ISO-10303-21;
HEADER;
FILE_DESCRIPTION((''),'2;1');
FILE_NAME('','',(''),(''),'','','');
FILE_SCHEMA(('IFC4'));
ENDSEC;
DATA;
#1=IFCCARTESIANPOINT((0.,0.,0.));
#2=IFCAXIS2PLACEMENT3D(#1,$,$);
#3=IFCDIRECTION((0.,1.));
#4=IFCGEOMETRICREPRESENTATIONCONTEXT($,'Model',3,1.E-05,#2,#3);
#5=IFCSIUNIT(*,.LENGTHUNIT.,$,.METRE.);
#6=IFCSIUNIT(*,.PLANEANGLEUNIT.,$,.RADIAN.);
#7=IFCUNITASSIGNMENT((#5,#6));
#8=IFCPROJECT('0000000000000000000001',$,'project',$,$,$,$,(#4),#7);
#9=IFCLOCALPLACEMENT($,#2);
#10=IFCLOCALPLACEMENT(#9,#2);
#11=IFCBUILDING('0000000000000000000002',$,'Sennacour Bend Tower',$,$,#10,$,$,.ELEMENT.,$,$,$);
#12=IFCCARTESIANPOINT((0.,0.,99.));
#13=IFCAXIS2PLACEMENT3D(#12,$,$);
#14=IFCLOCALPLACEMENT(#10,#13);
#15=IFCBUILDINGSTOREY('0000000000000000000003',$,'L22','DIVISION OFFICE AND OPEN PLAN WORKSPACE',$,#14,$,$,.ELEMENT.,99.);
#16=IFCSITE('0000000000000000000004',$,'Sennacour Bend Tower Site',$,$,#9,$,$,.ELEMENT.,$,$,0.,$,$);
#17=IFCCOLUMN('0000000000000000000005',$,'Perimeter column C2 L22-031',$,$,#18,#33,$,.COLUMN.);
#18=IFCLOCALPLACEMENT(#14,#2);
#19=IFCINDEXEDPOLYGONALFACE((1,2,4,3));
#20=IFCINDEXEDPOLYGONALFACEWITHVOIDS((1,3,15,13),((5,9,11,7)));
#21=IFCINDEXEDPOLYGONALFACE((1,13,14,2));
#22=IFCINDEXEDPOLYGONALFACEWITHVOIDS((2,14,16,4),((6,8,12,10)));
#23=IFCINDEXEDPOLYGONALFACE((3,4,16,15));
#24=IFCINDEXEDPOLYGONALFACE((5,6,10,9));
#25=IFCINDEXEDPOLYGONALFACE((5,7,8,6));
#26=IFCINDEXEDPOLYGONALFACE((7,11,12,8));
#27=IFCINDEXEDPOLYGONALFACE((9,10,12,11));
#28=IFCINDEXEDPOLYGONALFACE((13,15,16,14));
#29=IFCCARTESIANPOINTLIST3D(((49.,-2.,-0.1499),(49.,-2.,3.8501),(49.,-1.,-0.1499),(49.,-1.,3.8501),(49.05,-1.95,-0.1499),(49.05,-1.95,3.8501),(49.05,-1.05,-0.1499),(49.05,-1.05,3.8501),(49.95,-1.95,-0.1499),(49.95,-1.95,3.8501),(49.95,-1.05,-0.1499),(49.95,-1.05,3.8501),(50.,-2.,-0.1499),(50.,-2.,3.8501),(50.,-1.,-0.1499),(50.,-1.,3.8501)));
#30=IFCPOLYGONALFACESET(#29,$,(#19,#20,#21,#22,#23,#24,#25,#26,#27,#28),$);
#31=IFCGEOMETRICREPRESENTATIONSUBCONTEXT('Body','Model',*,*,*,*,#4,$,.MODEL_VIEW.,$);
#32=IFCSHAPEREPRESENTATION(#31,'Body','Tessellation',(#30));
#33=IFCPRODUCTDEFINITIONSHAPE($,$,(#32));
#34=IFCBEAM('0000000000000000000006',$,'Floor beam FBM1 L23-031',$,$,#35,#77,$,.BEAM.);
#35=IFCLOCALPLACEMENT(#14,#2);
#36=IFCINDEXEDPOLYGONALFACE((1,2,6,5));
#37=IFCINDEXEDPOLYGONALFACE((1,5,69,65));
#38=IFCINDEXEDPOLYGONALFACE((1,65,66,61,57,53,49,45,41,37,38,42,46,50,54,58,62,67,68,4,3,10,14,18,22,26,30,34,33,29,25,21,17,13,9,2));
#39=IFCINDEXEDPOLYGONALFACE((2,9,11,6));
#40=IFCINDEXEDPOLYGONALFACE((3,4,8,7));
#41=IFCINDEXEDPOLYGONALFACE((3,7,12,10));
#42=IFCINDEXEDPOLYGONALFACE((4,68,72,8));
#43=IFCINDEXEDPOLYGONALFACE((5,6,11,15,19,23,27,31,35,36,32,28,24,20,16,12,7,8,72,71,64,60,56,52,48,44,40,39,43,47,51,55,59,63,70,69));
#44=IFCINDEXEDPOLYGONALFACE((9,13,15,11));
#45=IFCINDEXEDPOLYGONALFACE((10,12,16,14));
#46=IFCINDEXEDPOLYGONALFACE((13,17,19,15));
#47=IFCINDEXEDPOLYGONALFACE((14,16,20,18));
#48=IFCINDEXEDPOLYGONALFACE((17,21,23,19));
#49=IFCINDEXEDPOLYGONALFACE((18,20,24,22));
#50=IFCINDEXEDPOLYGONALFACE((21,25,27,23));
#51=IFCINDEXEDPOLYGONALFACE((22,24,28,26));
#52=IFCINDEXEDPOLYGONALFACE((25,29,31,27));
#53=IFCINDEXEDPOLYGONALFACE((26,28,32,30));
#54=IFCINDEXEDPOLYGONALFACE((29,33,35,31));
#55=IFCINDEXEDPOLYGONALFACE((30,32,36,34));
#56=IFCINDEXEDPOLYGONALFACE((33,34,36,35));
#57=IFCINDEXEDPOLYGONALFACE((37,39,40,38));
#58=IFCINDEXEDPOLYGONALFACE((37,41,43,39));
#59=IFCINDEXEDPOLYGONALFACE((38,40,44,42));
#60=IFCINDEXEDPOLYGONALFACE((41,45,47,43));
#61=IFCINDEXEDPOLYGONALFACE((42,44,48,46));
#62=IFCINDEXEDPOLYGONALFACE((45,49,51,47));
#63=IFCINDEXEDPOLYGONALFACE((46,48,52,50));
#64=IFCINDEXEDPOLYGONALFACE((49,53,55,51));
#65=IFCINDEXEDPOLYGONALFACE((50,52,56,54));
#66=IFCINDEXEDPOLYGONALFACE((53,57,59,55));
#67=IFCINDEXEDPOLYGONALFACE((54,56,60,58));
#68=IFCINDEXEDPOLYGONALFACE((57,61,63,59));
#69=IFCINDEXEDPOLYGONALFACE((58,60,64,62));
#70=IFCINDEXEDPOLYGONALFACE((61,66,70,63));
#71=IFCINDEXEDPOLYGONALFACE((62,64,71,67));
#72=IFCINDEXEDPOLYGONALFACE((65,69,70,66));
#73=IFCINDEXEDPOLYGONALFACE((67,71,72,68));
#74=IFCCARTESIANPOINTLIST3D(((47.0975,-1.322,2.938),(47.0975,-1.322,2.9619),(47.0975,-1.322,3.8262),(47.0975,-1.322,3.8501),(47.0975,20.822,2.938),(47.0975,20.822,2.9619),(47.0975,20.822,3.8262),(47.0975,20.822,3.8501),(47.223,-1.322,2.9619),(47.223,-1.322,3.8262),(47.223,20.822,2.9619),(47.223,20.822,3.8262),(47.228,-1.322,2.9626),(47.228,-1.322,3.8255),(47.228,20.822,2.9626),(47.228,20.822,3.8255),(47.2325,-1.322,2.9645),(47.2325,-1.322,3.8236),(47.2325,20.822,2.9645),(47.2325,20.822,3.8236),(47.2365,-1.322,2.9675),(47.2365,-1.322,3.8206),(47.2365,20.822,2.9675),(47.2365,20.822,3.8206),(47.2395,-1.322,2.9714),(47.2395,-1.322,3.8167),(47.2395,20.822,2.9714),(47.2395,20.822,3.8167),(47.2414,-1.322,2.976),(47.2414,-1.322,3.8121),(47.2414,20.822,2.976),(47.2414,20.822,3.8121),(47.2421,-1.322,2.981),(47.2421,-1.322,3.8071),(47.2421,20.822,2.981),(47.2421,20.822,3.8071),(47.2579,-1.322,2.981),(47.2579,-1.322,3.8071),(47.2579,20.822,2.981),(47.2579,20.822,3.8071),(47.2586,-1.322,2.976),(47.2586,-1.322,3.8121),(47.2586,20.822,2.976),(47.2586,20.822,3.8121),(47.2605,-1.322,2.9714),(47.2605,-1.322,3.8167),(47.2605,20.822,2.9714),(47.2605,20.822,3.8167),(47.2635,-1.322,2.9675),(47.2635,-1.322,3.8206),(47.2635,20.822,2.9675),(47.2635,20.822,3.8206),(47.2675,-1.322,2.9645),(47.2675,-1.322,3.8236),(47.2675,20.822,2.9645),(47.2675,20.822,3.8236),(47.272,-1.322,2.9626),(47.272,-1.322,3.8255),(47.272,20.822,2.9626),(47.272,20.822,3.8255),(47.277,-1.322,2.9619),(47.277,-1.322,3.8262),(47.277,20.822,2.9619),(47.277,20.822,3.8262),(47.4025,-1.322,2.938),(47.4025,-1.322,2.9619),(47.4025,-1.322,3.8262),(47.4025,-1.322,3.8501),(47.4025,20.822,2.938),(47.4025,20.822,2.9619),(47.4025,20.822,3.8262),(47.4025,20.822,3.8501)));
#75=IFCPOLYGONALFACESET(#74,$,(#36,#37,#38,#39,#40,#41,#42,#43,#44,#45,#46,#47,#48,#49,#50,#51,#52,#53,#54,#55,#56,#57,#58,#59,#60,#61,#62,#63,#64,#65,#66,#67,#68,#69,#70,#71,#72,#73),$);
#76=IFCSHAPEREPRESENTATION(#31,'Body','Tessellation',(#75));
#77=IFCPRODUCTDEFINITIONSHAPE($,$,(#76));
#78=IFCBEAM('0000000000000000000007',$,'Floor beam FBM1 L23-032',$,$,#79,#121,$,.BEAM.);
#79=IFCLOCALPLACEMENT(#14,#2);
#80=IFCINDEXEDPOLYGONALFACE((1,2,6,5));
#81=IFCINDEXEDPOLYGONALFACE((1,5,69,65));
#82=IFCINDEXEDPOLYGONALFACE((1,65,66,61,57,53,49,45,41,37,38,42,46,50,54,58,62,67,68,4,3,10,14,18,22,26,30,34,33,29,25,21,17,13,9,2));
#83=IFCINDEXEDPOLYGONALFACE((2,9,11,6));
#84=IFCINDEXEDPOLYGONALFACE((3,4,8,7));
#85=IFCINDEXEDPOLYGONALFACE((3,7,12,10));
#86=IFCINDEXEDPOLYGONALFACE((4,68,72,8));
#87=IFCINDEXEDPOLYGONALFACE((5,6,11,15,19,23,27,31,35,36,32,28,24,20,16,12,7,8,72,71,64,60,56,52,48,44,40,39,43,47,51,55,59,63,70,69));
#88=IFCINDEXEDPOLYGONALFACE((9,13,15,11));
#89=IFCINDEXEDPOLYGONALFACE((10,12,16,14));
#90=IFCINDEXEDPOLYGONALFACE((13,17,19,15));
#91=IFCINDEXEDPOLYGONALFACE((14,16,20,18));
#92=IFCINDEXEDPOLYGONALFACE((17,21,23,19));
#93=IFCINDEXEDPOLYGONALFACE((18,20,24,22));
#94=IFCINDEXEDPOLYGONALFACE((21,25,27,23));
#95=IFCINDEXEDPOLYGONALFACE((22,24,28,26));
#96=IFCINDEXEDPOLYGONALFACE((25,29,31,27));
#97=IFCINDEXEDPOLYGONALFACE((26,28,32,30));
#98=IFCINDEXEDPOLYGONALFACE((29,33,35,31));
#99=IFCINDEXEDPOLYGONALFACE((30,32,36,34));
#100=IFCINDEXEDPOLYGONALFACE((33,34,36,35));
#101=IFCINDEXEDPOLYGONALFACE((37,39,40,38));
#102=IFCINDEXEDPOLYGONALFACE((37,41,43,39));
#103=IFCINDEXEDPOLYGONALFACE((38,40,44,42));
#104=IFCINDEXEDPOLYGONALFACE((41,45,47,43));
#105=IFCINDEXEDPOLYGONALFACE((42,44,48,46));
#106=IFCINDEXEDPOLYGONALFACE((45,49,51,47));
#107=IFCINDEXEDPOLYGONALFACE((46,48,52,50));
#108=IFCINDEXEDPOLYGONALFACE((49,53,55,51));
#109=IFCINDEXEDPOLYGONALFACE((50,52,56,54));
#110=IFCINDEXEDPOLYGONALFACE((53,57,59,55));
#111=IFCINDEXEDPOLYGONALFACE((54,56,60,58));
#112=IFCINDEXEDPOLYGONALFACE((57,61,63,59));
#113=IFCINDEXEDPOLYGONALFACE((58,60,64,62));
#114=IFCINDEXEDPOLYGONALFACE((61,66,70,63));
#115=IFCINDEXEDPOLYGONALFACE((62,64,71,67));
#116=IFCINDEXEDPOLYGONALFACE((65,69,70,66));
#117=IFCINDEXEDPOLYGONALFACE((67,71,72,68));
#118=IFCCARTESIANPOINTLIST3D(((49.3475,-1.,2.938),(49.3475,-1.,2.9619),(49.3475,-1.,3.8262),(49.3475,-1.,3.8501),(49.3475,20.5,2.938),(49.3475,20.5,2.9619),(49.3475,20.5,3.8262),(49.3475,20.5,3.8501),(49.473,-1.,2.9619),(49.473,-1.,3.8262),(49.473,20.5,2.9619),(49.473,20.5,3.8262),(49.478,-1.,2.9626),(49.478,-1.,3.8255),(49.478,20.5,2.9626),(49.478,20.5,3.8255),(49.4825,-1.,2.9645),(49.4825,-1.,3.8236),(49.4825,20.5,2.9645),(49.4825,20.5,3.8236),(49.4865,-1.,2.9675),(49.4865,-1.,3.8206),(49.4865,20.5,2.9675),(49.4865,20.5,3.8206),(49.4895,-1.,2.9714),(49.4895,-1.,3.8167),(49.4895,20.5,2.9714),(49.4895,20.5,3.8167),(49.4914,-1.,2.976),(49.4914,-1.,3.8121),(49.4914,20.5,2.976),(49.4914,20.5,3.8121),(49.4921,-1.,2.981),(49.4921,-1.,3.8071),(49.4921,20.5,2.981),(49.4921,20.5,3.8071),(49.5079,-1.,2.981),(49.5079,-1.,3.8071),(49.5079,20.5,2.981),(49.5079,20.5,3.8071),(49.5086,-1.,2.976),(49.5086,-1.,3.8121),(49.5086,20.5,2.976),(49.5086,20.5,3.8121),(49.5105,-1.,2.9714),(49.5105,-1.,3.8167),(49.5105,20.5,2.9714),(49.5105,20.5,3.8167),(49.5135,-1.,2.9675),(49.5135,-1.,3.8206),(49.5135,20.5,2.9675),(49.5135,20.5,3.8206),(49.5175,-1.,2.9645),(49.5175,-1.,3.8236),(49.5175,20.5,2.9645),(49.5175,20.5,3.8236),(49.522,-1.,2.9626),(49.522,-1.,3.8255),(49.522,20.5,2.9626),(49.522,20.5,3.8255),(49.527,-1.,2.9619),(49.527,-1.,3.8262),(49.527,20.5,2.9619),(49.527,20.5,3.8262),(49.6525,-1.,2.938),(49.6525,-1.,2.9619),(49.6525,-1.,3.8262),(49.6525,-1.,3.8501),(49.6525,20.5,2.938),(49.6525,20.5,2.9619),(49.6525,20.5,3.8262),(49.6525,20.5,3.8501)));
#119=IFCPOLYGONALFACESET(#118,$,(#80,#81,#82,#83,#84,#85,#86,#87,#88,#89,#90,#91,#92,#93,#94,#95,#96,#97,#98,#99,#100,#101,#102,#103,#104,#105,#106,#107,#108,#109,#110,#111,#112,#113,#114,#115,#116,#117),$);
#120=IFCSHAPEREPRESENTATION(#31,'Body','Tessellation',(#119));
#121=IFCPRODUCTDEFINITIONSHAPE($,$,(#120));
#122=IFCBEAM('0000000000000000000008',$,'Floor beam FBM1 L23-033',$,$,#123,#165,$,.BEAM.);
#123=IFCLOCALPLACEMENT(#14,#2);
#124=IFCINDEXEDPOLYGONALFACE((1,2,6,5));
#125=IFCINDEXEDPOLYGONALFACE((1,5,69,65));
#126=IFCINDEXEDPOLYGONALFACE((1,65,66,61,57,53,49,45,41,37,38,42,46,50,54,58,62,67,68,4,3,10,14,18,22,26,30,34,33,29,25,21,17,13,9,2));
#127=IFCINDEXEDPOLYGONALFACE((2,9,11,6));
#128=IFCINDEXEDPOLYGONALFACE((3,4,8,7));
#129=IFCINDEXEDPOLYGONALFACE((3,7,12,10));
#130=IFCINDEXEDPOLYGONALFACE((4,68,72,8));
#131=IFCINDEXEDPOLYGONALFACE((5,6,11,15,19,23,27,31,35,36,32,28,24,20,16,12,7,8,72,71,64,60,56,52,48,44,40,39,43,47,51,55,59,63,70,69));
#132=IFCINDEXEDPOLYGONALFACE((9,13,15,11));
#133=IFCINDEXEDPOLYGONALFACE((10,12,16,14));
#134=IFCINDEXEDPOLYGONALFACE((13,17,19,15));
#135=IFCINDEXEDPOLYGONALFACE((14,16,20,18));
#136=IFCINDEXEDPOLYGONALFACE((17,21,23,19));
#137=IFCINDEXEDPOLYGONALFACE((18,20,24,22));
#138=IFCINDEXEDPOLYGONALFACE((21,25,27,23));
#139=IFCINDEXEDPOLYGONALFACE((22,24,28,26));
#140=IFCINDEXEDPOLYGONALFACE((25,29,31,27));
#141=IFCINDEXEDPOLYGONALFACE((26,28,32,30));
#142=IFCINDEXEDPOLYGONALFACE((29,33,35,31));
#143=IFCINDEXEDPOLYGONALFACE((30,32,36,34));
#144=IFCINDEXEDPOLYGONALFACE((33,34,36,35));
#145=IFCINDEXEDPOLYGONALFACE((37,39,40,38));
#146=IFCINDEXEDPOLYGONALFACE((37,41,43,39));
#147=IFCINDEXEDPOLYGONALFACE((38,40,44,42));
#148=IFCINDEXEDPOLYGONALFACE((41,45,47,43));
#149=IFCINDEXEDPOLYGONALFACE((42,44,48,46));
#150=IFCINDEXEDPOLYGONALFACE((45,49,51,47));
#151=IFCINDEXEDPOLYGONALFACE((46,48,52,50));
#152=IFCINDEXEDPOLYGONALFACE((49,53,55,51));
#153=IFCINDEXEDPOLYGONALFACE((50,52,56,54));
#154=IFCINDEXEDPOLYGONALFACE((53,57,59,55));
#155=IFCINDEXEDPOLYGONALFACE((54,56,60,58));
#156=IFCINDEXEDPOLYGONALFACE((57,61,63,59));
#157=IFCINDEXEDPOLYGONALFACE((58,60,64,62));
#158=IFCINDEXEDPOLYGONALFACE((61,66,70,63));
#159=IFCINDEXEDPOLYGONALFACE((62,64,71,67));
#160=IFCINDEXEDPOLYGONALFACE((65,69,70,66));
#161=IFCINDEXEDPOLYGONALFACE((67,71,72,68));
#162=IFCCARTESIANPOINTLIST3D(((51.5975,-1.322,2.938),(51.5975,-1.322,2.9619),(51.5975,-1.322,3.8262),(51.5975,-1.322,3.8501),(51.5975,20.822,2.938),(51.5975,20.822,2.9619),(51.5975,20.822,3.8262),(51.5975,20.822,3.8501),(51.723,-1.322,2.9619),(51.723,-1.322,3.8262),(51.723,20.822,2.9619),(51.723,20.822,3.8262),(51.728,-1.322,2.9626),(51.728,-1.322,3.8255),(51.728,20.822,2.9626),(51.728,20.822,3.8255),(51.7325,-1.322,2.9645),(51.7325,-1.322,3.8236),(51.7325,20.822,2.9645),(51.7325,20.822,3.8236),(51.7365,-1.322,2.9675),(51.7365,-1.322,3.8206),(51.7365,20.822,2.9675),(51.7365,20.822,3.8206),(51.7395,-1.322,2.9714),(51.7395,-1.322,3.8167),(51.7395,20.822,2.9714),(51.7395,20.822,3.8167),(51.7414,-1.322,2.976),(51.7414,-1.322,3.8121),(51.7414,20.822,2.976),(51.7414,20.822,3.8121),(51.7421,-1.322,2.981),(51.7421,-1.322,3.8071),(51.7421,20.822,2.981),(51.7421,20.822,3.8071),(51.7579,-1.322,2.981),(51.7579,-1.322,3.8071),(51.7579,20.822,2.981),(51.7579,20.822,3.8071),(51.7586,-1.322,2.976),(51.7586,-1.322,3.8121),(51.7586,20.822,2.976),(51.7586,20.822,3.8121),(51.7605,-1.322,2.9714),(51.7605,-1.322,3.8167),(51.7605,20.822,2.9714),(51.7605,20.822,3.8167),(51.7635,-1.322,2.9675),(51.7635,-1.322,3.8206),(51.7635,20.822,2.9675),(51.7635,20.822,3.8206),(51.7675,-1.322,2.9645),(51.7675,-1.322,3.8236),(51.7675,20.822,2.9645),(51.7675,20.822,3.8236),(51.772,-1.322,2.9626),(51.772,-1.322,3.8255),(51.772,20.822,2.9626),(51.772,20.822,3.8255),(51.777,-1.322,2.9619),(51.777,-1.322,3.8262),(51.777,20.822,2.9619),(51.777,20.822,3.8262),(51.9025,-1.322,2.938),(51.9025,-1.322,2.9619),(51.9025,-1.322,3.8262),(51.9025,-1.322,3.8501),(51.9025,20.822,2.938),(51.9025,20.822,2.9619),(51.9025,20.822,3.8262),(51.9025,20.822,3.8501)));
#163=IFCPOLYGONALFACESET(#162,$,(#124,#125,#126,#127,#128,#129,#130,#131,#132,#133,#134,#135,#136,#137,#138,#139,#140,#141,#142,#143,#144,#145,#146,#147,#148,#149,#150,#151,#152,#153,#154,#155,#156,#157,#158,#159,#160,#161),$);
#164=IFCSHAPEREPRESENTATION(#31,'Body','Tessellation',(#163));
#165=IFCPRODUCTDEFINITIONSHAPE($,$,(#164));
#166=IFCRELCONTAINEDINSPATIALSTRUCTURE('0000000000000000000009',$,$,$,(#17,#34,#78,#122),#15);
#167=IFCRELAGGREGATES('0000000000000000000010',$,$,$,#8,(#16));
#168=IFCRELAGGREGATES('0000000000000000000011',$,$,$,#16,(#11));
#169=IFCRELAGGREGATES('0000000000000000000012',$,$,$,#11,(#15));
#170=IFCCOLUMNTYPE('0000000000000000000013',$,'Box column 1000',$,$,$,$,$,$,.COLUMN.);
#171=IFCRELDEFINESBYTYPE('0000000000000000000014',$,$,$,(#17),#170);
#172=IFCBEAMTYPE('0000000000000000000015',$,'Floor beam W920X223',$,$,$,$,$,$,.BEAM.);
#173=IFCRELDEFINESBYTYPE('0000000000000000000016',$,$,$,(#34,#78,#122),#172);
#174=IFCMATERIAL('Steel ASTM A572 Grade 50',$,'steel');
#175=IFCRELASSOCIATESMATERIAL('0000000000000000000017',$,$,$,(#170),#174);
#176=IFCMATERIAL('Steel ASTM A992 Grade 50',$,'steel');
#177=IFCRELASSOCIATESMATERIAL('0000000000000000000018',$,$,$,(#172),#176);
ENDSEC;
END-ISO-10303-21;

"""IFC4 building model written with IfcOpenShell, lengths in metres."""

from ifc_helpers import new_model, si_unit, direction, frame, origin, origin_2d, place, context, subcontext, project, spatial, hollow_rectangle, i_section, extrude, material, material_profile, profile_set, type_object, element, save


model = new_model("IFC4")

# Units and contexts
model_context = context("Model", 3, precision=1e-05, world=origin(), true_north=direction((0.0, 1.0)))
body_context = subcontext(model_context, "Body", "Model", "MODEL_VIEW")
ifc_project = project(units=[si_unit("LENGTHUNIT", "METRE"), si_unit("PLANEANGLEUNIT", "RADIAN")], contexts=[model_context])

# Site, building, storey
site_placement = place(None, origin())
site = spatial("IfcSite", under=ifc_project, at=site_placement, Name="Sennacour Bend Tower Site", CompositionType="ELEMENT", RefElevation=0.0)
building_placement = place(site_placement, origin())
building = spatial("IfcBuilding", under=site, at=building_placement, Name="Sennacour Bend Tower", CompositionType="ELEMENT")
storey_placement = place(building_placement, frame((0.0, 0.0, 99.0)))
storey = spatial("IfcBuildingStorey", under=building, at=storey_placement, Name="L22", Description="DIVISION OFFICE AND OPEN PLAN WORKSPACE", CompositionType="ELEMENT", Elevation=99.0)

# Column
ifc_material_1 = material(Name="Steel ASTM A572 Grade 50", Category="steel")
ifc_material_profile_1 = material_profile(ifc_material_1, hollow_rectangle(XDim=1.0, YDim=1.0, WallThickness=0.05, at=origin_2d()), Name="Steel ASTM A572 Grade 50", Category="steel")
ifc_profile_set_1 = profile_set([ifc_material_profile_1], Name="Steel ASTM A572 Grade 50")
column_type = type_object("IfcColumnType", Name="Box column 1000", PredefinedType="COLUMN", material=ifc_profile_set_1)
column_placement = place(storey_placement, frame((49.5, -1.5, -0.1499), z_axis=(0.0, 0.0, 1.0), x_axis=(1.0, 0.0, 0.0)))
element("IfcColumn", 1, at=column_placement, inside=storey, type_object=column_type, Name="Perimeter column C2 L22-031", PredefinedType="COLUMN", context=body_context, shape_type="SweptSolid", body=[
    extrude(hollow_rectangle(XDim=1.0, YDim=1.0, WallThickness=0.05, at=origin_2d()), origin(), (0.0, 0.0, 1.0), 4.0),
])

# Beams
ifc_material_2 = material(Name="Steel ASTM A992 Grade 50", Category="steel")
ifc_material_profile_2 = material_profile(ifc_material_2, i_section(OverallWidth=0.3049, OverallDepth=0.9121, WebThickness=0.0159, FlangeThickness=0.0239, FilletRadius=0.019, at=origin_2d()), Name="Steel ASTM A992 Grade 50", Category="steel")
ifc_profile_set_2 = profile_set([ifc_material_profile_2], Name="Steel ASTM A992 Grade 50")
beam_type_1 = type_object("IfcBeamType", Name="Floor beam W920X223", PredefinedType="BEAM", material=ifc_profile_set_2)
beam_1_placement = place(storey_placement, frame((47.25, -1.322, 3.394), z_axis=(0.0, 1.0, 0.0), x_axis=(-1.0, 0.0, 0.0)))
element("IfcBeam", 2, at=beam_1_placement, inside=storey, type_object=beam_type_1, Name="Floor beam FBM1 L23-031", PredefinedType="BEAM", context=body_context, shape_type="SweptSolid", body=[
    extrude(i_section(OverallWidth=0.3049, OverallDepth=0.9121, WebThickness=0.0159, FlangeThickness=0.0239, FilletRadius=0.019, at=origin_2d()), origin(), (0.0, 0.0, 1.0), 22.144),
])
beam_2_placement = place(storey_placement, frame((49.5, -1.0, 3.394), z_axis=(0.0, 1.0, 0.0), x_axis=(-1.0, 0.0, 0.0)))
element("IfcBeam", 3, at=beam_2_placement, inside=storey, type_object=beam_type_1, Name="Floor beam FBM1 L23-032", PredefinedType="BEAM", context=body_context, shape_type="SweptSolid", body=[
    extrude(i_section(OverallWidth=0.3049, OverallDepth=0.9121, WebThickness=0.0159, FlangeThickness=0.0239, FilletRadius=0.019, at=origin_2d()), origin(), (0.0, 0.0, 1.0), 21.5),
])
beam_3_placement = place(storey_placement, frame((51.75, -1.322, 3.394), z_axis=(0.0, 1.0, 0.0), x_axis=(-1.0, 0.0, 0.0)))
element("IfcBeam", 4, at=beam_3_placement, inside=storey, type_object=beam_type_1, Name="Floor beam FBM1 L23-033", PredefinedType="BEAM", context=body_context, shape_type="SweptSolid", body=[
    extrude(i_section(OverallWidth=0.3049, OverallDepth=0.9121, WebThickness=0.0159, FlangeThickness=0.0239, FilletRadius=0.019, at=origin_2d()), origin(), (0.0, 0.0, 1.0), 22.144),
])

save(model, "model.ifc")
